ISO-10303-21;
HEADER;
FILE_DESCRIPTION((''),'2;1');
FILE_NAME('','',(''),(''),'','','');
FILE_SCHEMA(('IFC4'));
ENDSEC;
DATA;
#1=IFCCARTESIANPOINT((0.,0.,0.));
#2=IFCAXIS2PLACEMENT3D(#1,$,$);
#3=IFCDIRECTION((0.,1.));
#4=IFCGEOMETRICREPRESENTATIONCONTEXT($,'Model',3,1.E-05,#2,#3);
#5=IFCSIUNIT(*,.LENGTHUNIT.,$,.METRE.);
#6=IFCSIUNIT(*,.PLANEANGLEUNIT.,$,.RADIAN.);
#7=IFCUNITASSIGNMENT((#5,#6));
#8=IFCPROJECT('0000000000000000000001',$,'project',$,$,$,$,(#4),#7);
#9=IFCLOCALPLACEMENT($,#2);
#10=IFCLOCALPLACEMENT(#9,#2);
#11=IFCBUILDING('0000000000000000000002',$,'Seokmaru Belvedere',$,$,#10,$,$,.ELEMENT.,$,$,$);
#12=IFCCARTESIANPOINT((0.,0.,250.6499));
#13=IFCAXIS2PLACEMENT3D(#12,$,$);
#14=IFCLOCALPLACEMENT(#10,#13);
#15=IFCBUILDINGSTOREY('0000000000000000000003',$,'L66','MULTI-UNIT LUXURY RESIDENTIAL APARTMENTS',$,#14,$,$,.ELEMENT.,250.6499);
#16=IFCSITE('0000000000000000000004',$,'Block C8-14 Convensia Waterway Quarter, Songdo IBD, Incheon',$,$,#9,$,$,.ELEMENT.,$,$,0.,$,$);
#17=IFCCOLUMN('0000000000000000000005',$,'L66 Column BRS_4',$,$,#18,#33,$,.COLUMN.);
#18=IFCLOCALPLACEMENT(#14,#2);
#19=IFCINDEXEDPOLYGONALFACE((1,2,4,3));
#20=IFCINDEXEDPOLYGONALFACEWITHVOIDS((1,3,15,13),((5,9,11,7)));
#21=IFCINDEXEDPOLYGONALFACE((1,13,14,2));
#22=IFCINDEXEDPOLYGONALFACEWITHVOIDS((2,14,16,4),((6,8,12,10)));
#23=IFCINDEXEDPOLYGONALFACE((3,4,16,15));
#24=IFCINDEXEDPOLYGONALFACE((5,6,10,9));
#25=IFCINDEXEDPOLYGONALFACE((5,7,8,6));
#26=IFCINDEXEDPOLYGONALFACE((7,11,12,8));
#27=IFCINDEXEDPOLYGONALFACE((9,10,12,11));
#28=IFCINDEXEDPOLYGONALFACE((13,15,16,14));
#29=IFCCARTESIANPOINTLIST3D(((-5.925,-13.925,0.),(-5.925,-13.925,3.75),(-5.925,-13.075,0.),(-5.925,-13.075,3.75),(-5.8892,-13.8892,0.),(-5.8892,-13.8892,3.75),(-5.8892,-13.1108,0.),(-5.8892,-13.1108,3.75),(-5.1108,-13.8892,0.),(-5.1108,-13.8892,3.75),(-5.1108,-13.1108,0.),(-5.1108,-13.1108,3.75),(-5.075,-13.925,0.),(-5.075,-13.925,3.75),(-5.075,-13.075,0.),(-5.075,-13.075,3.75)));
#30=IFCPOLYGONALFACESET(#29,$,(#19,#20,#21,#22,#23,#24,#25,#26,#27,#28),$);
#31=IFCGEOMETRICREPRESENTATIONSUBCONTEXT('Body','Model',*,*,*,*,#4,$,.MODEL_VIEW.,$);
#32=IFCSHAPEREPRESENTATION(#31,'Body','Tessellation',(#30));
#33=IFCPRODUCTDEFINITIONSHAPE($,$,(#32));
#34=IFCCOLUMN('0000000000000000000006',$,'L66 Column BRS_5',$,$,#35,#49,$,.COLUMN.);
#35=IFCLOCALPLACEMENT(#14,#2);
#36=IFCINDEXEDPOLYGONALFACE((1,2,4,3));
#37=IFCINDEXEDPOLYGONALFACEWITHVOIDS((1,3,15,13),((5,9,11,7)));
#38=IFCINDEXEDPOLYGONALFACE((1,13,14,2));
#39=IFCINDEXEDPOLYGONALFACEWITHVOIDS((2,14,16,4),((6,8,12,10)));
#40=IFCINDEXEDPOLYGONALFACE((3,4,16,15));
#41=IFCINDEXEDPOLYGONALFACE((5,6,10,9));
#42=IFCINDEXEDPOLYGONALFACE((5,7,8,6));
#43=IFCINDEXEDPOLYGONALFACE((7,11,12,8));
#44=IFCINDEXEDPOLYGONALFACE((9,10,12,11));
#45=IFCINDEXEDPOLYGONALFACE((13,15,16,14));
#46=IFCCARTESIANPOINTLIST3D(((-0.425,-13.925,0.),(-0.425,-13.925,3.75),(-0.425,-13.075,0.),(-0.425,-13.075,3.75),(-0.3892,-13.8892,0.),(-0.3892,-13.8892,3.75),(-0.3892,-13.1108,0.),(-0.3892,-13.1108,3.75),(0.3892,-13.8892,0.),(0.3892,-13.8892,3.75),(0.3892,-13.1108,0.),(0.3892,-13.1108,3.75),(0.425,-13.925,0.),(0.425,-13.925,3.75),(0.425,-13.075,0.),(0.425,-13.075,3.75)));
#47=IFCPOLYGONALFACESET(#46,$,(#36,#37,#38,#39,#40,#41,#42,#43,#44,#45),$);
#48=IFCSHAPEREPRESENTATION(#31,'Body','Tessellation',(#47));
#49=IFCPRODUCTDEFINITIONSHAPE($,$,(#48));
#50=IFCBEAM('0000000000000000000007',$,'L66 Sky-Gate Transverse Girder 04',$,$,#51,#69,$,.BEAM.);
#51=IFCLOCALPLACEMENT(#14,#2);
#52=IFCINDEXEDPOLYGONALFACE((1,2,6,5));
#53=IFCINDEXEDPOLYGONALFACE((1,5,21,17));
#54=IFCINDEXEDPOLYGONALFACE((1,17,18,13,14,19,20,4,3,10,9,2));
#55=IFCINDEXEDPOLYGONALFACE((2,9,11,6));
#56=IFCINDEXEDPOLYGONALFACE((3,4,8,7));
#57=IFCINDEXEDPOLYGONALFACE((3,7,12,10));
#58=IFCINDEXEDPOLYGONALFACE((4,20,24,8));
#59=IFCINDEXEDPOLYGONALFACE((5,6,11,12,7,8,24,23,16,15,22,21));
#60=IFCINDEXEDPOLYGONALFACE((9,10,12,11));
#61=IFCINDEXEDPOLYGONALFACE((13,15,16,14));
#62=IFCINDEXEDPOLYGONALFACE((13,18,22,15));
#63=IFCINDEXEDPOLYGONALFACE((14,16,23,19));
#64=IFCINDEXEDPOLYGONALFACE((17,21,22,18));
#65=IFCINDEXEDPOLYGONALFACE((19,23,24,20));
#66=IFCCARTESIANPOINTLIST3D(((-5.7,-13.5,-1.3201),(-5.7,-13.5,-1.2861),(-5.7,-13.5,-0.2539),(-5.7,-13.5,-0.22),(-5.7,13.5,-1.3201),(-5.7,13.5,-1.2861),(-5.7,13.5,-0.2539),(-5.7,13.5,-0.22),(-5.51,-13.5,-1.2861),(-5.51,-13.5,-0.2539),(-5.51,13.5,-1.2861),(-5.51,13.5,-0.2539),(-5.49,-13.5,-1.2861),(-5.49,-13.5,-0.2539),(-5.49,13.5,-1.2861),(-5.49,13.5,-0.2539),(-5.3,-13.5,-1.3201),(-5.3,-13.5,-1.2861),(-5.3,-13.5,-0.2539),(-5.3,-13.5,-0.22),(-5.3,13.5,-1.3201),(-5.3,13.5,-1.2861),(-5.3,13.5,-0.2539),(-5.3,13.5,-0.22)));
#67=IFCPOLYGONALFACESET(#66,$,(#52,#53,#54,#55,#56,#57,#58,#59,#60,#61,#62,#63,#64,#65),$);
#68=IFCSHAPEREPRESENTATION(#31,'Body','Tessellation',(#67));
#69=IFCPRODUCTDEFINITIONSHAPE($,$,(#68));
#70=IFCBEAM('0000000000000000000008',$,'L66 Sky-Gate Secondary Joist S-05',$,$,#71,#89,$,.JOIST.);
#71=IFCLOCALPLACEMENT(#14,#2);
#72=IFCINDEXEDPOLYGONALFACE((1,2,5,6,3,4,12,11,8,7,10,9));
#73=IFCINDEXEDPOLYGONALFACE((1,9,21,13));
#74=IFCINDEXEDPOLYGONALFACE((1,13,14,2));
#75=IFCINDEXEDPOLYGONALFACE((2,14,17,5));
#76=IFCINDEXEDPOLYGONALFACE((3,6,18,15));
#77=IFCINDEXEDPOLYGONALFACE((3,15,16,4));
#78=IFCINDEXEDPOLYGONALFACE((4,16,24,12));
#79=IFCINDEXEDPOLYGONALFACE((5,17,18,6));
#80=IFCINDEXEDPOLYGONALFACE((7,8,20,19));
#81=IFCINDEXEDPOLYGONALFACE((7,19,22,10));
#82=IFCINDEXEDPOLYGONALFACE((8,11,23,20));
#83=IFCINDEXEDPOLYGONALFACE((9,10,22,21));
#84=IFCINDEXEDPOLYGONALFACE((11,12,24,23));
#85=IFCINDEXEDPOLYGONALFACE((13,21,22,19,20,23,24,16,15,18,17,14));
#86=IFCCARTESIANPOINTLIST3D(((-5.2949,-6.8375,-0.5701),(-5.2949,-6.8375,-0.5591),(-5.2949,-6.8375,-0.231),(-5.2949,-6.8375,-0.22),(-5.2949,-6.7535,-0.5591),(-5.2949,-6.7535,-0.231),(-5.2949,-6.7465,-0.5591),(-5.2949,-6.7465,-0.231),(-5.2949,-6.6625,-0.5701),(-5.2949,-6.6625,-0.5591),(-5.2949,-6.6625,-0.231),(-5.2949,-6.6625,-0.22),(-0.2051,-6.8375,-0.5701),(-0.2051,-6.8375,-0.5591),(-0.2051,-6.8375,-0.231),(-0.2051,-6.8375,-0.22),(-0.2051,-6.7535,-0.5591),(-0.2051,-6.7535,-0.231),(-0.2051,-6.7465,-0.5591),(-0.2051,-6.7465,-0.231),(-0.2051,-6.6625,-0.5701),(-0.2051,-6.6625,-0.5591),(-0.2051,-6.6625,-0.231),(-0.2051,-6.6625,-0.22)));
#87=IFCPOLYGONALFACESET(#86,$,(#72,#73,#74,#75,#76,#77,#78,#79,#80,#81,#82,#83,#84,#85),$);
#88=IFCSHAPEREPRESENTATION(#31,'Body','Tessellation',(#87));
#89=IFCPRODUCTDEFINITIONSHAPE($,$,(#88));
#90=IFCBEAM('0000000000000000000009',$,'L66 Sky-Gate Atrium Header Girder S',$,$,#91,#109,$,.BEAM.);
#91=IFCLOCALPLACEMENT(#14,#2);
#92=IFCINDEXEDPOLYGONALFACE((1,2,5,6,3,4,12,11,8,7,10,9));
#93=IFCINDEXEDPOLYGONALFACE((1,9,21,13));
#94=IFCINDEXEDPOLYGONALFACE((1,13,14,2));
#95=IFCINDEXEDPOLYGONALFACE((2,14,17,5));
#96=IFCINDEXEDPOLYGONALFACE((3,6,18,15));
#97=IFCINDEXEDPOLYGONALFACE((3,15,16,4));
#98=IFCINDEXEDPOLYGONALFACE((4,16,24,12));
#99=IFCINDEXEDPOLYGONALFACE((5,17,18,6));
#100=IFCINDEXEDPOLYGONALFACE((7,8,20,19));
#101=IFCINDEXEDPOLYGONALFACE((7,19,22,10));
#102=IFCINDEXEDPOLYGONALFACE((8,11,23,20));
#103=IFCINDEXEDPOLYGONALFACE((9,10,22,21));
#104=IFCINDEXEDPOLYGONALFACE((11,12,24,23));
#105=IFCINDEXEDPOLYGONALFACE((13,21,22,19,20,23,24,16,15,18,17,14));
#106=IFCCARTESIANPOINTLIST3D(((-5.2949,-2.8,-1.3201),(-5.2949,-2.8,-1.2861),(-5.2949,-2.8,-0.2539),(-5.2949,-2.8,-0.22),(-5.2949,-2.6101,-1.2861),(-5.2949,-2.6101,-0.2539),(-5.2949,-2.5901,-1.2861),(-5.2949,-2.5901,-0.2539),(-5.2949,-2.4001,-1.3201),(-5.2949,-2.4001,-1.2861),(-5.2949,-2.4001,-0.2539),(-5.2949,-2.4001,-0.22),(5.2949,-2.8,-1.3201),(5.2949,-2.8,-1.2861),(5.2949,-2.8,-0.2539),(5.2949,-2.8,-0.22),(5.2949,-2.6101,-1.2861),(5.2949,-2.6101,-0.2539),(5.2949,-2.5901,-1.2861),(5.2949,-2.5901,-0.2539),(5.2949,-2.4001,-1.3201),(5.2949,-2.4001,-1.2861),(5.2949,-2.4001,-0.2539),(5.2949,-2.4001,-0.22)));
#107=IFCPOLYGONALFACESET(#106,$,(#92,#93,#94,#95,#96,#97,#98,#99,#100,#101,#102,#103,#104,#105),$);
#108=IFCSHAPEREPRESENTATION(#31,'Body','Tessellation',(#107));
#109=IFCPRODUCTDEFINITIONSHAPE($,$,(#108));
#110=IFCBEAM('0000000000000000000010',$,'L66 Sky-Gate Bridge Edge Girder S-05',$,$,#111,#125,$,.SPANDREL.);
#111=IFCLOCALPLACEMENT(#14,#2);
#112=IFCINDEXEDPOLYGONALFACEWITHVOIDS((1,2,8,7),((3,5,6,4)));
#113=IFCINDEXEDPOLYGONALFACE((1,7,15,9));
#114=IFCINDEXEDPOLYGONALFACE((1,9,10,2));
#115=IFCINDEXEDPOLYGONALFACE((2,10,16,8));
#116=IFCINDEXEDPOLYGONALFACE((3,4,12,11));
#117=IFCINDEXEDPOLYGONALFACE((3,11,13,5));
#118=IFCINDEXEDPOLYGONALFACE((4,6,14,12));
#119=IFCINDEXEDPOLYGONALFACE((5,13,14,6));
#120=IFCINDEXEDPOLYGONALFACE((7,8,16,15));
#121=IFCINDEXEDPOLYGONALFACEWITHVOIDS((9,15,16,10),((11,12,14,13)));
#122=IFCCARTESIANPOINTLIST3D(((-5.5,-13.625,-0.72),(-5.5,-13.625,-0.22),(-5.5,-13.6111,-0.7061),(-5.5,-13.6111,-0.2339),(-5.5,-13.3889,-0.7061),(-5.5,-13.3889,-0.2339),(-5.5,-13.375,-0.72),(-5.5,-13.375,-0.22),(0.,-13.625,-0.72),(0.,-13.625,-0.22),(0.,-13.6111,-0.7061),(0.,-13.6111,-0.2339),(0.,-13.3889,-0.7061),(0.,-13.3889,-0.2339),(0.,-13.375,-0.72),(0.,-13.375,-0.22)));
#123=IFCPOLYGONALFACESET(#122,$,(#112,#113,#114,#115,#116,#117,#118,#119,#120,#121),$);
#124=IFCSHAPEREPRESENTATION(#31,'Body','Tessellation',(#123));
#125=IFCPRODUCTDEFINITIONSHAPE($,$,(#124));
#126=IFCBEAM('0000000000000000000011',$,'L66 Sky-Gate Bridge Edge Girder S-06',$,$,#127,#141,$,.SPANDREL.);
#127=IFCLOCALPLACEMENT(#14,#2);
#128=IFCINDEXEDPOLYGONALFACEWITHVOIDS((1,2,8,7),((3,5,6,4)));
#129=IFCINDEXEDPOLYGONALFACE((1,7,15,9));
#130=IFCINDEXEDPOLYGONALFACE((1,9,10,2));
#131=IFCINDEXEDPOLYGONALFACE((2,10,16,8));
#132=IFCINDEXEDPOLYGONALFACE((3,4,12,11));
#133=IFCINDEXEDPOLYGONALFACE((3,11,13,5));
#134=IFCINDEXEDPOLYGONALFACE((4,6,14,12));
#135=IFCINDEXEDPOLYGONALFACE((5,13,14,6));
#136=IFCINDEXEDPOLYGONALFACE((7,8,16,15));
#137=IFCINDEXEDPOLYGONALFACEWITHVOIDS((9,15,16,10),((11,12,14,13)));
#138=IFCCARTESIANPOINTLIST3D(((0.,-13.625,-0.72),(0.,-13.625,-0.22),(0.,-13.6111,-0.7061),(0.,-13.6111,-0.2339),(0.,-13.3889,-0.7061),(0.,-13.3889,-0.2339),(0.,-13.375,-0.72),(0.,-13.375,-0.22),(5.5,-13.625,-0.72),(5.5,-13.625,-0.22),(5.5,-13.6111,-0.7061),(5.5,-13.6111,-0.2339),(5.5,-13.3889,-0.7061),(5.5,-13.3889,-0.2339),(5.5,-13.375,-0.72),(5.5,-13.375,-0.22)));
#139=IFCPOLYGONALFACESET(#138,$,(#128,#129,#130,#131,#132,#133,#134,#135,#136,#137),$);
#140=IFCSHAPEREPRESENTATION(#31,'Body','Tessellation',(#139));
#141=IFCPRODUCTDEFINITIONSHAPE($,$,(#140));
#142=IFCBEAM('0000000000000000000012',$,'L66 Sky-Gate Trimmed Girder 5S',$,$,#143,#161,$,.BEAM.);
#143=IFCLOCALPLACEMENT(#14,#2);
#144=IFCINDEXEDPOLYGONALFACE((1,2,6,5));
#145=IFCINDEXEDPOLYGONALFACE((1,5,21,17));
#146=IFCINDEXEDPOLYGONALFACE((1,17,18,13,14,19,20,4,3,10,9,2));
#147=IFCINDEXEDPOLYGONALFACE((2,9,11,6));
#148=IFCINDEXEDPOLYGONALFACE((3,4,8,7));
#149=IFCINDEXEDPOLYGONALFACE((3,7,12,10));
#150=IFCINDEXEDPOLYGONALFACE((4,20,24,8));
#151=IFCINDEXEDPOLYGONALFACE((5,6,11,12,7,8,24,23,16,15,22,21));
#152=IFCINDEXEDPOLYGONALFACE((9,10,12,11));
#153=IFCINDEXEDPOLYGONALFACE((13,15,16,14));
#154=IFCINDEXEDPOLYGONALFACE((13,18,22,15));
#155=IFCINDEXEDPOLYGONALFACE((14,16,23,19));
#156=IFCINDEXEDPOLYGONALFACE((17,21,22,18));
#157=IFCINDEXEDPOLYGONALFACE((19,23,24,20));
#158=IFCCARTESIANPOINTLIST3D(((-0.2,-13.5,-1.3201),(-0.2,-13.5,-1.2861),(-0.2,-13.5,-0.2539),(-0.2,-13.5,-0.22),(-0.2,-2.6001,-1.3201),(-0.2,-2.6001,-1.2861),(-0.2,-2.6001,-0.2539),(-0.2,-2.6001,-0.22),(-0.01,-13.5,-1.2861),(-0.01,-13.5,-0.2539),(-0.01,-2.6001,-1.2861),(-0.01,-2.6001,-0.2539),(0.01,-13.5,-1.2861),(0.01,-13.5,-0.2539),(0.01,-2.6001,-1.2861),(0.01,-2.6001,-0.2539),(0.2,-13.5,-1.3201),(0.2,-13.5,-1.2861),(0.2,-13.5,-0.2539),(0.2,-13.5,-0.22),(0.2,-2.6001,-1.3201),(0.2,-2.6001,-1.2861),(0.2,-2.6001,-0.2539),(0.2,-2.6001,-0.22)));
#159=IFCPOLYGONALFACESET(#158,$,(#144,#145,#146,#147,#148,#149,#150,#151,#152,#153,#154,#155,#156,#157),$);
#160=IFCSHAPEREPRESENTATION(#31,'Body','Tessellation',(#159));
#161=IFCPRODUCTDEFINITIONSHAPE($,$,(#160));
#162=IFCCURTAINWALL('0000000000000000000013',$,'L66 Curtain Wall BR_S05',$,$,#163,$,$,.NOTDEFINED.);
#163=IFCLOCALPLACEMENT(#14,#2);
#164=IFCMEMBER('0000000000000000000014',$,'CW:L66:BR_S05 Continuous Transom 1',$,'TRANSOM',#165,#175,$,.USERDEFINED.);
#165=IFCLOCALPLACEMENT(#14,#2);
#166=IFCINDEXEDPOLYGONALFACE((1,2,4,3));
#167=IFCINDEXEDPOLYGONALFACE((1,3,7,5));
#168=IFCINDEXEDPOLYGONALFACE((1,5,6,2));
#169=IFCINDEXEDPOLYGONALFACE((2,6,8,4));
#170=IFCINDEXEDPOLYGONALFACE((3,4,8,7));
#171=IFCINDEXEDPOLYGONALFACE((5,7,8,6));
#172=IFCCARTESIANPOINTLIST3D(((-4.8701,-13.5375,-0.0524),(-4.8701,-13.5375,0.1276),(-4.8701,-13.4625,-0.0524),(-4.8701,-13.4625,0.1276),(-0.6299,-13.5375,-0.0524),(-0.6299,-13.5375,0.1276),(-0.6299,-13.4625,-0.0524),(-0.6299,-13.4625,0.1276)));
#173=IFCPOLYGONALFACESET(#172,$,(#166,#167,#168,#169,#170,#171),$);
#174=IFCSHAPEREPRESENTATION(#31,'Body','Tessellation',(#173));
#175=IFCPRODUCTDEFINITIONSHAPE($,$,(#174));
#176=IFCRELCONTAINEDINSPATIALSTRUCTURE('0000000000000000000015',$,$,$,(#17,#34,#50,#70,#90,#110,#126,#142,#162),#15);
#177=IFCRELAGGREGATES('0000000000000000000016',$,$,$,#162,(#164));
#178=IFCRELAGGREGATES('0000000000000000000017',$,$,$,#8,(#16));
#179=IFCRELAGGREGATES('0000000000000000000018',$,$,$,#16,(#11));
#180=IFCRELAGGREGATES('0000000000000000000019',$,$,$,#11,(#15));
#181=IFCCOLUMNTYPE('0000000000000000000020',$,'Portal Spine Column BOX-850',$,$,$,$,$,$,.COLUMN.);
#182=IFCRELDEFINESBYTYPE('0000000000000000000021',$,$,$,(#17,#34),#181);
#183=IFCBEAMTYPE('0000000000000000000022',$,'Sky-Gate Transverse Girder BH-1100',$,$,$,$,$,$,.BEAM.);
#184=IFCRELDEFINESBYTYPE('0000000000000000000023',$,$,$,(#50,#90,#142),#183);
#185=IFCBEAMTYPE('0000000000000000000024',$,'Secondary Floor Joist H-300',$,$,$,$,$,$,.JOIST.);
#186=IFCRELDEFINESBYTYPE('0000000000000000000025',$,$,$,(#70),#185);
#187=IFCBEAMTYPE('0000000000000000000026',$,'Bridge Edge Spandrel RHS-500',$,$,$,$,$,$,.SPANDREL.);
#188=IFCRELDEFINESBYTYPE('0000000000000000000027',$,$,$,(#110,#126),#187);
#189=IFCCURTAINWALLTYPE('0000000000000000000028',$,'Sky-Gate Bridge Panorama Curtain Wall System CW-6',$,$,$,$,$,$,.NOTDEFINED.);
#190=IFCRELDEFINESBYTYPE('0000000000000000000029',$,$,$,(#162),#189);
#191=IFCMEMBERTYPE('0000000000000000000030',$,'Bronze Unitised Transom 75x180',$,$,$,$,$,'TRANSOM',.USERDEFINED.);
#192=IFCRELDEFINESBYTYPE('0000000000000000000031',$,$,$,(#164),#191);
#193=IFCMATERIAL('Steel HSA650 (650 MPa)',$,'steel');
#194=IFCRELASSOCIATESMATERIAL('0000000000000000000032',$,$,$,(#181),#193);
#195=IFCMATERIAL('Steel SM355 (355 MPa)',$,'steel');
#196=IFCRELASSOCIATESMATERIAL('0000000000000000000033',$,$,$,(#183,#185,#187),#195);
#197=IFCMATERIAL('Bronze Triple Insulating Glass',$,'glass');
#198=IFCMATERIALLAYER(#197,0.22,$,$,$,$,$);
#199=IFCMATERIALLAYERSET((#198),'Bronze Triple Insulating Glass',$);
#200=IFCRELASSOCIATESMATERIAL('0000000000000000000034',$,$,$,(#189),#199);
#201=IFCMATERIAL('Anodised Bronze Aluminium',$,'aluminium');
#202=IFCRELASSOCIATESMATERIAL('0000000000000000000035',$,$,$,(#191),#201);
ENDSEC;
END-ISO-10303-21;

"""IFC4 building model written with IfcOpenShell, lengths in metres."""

from ifc_helpers import new_model, si_unit, direction, frame, origin, origin_2d, place, context, subcontext, project, spatial, rectangle, hollow_rectangle, i_section, extrude, source, transform, mapped, material, layer, layer_set, material_profile, profile_set, type_object, type_shapes, element, aggregate, save


model = new_model("IFC4")

# Units and contexts
model_context = context("Model", 3, precision=1e-05, world=origin(), true_north=direction((0.0, 1.0)))
body_context = subcontext(model_context, "Body", "Model", "MODEL_VIEW")
ifc_project = project(units=[si_unit("LENGTHUNIT", "METRE"), si_unit("PLANEANGLEUNIT", "RADIAN")], contexts=[model_context])

# Site, building, storey
site_placement = place(None, origin())
site = spatial("IfcSite", under=ifc_project, at=site_placement, Name="Block C8-14 Convensia Waterway Quarter, Songdo IBD, Incheon", CompositionType="ELEMENT", RefElevation=0.0)
building_placement = place(site_placement, origin())
building = spatial("IfcBuilding", under=site, at=building_placement, Name="Seokmaru Belvedere", CompositionType="ELEMENT")
storey_placement = place(building_placement, frame((0.0, 0.0, 250.6499)))
storey = spatial("IfcBuildingStorey", under=building, at=storey_placement, Name="L66", Description="MULTI-UNIT LUXURY RESIDENTIAL APARTMENTS", CompositionType="ELEMENT", Elevation=250.6499)

# Columns
ifc_material_1 = material(Name="Steel HSA650 (650 MPa)", Category="steel")
ifc_material_profile_1 = material_profile(ifc_material_1, hollow_rectangle(XDim=0.8501, YDim=0.8501, WallThickness=0.0359, at=origin_2d()), Name="BOX-850x850x36")
ifc_profile_set_1 = profile_set([ifc_material_profile_1], Name="Steel HSA650 (650 MPa)")
column_type = type_object("IfcColumnType", Name="Portal Spine Column BOX-850", PredefinedType="COLUMN", material=ifc_profile_set_1)
shared_shape_1 = source(origin(), body_context, "Body", "SweptSolid", [
    extrude(hollow_rectangle(XDim=0.8501, YDim=0.8501, WallThickness=0.0359, at=origin_2d()), origin(), (0.0, 0.0, 1.0), 3.75),
])
type_shapes(column_type, [shared_shape_1])
for number, where, z_axis, x_axis, name in (
    (1, (-5.5, -13.5, 0.0), (0.0, 0.0, 1.0), (1.0, 0.0, 0.0), "L66 Column BRS_4"),
    (2, (0.0, -13.5, 0.0), (0.0, 0.0, 1.0), (1.0, 0.0, 0.0), "L66 Column BRS_5"),
):
    element("IfcColumn", number, at=place(storey_placement, frame(where, z_axis=z_axis, x_axis=x_axis)), inside=storey, type_object=column_type, Name=name, PredefinedType="COLUMN", context=body_context, shape_type="MappedRepresentation", body=[
        mapped(shared_shape_1, transform((0.0, 0.0, 0.0), scale=1.0)),
    ])

# Beams
ifc_material_2 = material(Name="Steel SM355 (355 MPa)", Category="steel")
ifc_material_profile_2 = material_profile(ifc_material_2, i_section(OverallWidth=0.3999, OverallDepth=1.1001, WebThickness=0.02, FlangeThickness=0.0339, at=origin_2d()), Name="BH-1100x400x20x34")
ifc_profile_set_2 = profile_set([ifc_material_profile_2], Name="Steel SM355 (355 MPa)")
beam_type_1 = type_object("IfcBeamType", Name="Sky-Gate Transverse Girder BH-1100", PredefinedType="BEAM", material=ifc_profile_set_2)
shared_shape_2 = source(origin(), body_context, "Body", "SweptSolid", [
    extrude(i_section(OverallWidth=0.3999, OverallDepth=1.1001, WebThickness=0.02, FlangeThickness=0.0339, at=origin_2d()), origin(), (0.0, 0.0, 1.0), 27.0),
])
beam_1_placement = place(storey_placement, frame((-5.5, -13.5, -0.77), z_axis=(0.0, 1.0, 0.0), x_axis=(-1.0, 0.0, 0.0)))
element("IfcBeam", 3, at=beam_1_placement, inside=storey, type_object=beam_type_1, Name="L66 Sky-Gate Transverse Girder 04", PredefinedType="BEAM", context=body_context, shape_type="MappedRepresentation", body=[
    mapped(shared_shape_2, transform((0.0, 0.0, 0.0), scale=1.0)),
])
ifc_material_profile_3 = material_profile(ifc_material_2, i_section(OverallWidth=0.175, OverallDepth=0.3501, WebThickness=0.0071, FlangeThickness=0.011, at=origin_2d()), Name="H-350x175x7x11")
ifc_profile_set_3 = profile_set([ifc_material_profile_3], Name="Steel SM355 (355 MPa)")
beam_type_2 = type_object("IfcBeamType", Name="Secondary Floor Joist H-300", PredefinedType="JOIST", material=ifc_profile_set_3)
shared_shape_3 = source(origin(), body_context, "Body", "SweptSolid", [
    extrude(i_section(OverallWidth=0.175, OverallDepth=0.3501, WebThickness=0.0071, FlangeThickness=0.011, at=origin_2d()), origin(), (0.0, 0.0, 1.0), 5.0898),
])
type_shapes(beam_type_2, [shared_shape_3])
beam_2_placement = place(storey_placement, frame((-5.2949, -6.75, -0.395), z_axis=(1.0, 0.0, 0.0), x_axis=(0.0, 1.0, 0.0)))
element("IfcBeam", 4, at=beam_2_placement, inside=storey, type_object=beam_type_2, Name="L66 Sky-Gate Secondary Joist S-05", PredefinedType="JOIST", context=body_context, shape_type="MappedRepresentation", body=[
    mapped(shared_shape_3, transform((0.0, 0.0, 0.0), scale=1.0)),
])
shared_shape_4 = source(origin(), body_context, "Body", "SweptSolid", [
    extrude(i_section(OverallWidth=0.3999, OverallDepth=1.1001, WebThickness=0.02, FlangeThickness=0.0339, at=origin_2d()), origin(), (0.0, 0.0, 1.0), 10.5898),
])
beam_3_placement = place(storey_placement, frame((-5.2949, -2.6001, -0.77), z_axis=(1.0, 0.0, 0.0), x_axis=(0.0, 1.0, 0.0)))
element("IfcBeam", 5, at=beam_3_placement, inside=storey, type_object=beam_type_1, Name="L66 Sky-Gate Atrium Header Girder S", PredefinedType="BEAM", context=body_context, shape_type="MappedRepresentation", body=[
    mapped(shared_shape_4, transform((0.0, 0.0, 0.0), scale=1.0)),
])
ifc_material_profile_4 = material_profile(ifc_material_2, hollow_rectangle(XDim=0.25, YDim=0.5, WallThickness=0.0139, at=origin_2d()), Name="RHS-500x250x14")
ifc_profile_set_4 = profile_set([ifc_material_profile_4], Name="Steel SM355 (355 MPa)")
beam_type_3 = type_object("IfcBeamType", Name="Bridge Edge Spandrel RHS-500", PredefinedType="SPANDREL", material=ifc_profile_set_4)
shared_shape_5 = source(origin(), body_context, "Body", "SweptSolid", [
    extrude(hollow_rectangle(XDim=0.25, YDim=0.5, WallThickness=0.0139, at=origin_2d()), origin(), (0.0, 0.0, 1.0), 5.5),
])
type_shapes(beam_type_3, [shared_shape_5])
for number, where, z_axis, x_axis, name in (
    (6, (-5.5, -13.5, -0.47), (1.0, 0.0, 0.0), (0.0, 1.0, 0.0), "L66 Sky-Gate Bridge Edge Girder S-05"),
    (7, (0.0, -13.5, -0.47), (1.0, 0.0, 0.0), (0.0, 1.0, 0.0), "L66 Sky-Gate Bridge Edge Girder S-06"),
):
    element("IfcBeam", number, at=place(storey_placement, frame(where, z_axis=z_axis, x_axis=x_axis)), inside=storey, type_object=beam_type_3, Name=name, PredefinedType="SPANDREL", context=body_context, shape_type="MappedRepresentation", body=[
        mapped(shared_shape_5, transform((0.0, 0.0, 0.0), scale=1.0)),
    ])
shared_shape_6 = source(origin(), body_context, "Body", "SweptSolid", [
    extrude(i_section(OverallWidth=0.3999, OverallDepth=1.1001, WebThickness=0.02, FlangeThickness=0.0339, at=origin_2d()), origin(), (0.0, 0.0, 1.0), 10.8999),
])
type_shapes(beam_type_1, [shared_shape_2, shared_shape_4, shared_shape_6])
beam_4_placement = place(storey_placement, frame((0.0, -13.5, -0.77), z_axis=(0.0, 1.0, 0.0), x_axis=(-1.0, 0.0, 0.0)))
element("IfcBeam", 8, at=beam_4_placement, inside=storey, type_object=beam_type_1, Name="L66 Sky-Gate Trimmed Girder 5S", PredefinedType="BEAM", context=body_context, shape_type="MappedRepresentation", body=[
    mapped(shared_shape_6, transform((0.0, 0.0, 0.0), scale=1.0)),
])

# Curtain wall, member
ifc_material_3 = material(Name="Bronze Triple Insulating Glass", Category="glass")
ifc_layer_1 = layer(ifc_material_3, 0.22)
ifc_layer_set_1 = layer_set([ifc_layer_1], Name="Bronze Triple Insulating Glass")
curtain_wall_type = type_object("IfcCurtainWallType", Name="Sky-Gate Bridge Panorama Curtain Wall System CW-6", PredefinedType="NOTDEFINED", material=ifc_layer_set_1)
curtain_wall_1_placement = place(storey_placement, origin())
curtain_wall_1 = element("IfcCurtainWall", 9, at=curtain_wall_1_placement, inside=storey, type_object=curtain_wall_type, Name="L66 Curtain Wall BR_S05", PredefinedType="NOTDEFINED")
ifc_material_4 = material(Name="Anodised Bronze Aluminium", Category="aluminium")
ifc_material_profile_5 = material_profile(ifc_material_4, rectangle(XDim=0.075, YDim=0.1799, at=origin_2d()), Name="CW-T-75x180")
ifc_profile_set_5 = profile_set([ifc_material_profile_5], Name="Anodised Bronze Aluminium")
member_type_1 = type_object("IfcMemberType", Name="Bronze Unitised Transom 75x180", ElementType="TRANSOM", PredefinedType="USERDEFINED", material=ifc_profile_set_5)
shared_shape_7 = source(origin(), body_context, "Body", "SweptSolid", [
    extrude(rectangle(XDim=0.075, YDim=0.1799, at=origin_2d()), origin(), (0.0, 0.0, 1.0), 4.2402),
])
type_shapes(member_type_1, [shared_shape_7])
member_1_placement = place(storey_placement, frame((-4.8701, -13.5, 0.0376), z_axis=(1.0, 0.0, 0.0), x_axis=(0.0, 1.0, 0.0)))
member_1 = element("IfcMember", 10, at=member_1_placement, type_object=member_type_1, Name="CW:L66:BR_S05 Continuous Transom 1", ObjectType="TRANSOM", PredefinedType="USERDEFINED", context=body_context, shape_type="MappedRepresentation", body=[
    mapped(shared_shape_7, transform((0.0, 0.0, 0.0), scale=1.0)),
])

aggregate(curtain_wall_1, [member_1])

save(model, "model.ifc")
